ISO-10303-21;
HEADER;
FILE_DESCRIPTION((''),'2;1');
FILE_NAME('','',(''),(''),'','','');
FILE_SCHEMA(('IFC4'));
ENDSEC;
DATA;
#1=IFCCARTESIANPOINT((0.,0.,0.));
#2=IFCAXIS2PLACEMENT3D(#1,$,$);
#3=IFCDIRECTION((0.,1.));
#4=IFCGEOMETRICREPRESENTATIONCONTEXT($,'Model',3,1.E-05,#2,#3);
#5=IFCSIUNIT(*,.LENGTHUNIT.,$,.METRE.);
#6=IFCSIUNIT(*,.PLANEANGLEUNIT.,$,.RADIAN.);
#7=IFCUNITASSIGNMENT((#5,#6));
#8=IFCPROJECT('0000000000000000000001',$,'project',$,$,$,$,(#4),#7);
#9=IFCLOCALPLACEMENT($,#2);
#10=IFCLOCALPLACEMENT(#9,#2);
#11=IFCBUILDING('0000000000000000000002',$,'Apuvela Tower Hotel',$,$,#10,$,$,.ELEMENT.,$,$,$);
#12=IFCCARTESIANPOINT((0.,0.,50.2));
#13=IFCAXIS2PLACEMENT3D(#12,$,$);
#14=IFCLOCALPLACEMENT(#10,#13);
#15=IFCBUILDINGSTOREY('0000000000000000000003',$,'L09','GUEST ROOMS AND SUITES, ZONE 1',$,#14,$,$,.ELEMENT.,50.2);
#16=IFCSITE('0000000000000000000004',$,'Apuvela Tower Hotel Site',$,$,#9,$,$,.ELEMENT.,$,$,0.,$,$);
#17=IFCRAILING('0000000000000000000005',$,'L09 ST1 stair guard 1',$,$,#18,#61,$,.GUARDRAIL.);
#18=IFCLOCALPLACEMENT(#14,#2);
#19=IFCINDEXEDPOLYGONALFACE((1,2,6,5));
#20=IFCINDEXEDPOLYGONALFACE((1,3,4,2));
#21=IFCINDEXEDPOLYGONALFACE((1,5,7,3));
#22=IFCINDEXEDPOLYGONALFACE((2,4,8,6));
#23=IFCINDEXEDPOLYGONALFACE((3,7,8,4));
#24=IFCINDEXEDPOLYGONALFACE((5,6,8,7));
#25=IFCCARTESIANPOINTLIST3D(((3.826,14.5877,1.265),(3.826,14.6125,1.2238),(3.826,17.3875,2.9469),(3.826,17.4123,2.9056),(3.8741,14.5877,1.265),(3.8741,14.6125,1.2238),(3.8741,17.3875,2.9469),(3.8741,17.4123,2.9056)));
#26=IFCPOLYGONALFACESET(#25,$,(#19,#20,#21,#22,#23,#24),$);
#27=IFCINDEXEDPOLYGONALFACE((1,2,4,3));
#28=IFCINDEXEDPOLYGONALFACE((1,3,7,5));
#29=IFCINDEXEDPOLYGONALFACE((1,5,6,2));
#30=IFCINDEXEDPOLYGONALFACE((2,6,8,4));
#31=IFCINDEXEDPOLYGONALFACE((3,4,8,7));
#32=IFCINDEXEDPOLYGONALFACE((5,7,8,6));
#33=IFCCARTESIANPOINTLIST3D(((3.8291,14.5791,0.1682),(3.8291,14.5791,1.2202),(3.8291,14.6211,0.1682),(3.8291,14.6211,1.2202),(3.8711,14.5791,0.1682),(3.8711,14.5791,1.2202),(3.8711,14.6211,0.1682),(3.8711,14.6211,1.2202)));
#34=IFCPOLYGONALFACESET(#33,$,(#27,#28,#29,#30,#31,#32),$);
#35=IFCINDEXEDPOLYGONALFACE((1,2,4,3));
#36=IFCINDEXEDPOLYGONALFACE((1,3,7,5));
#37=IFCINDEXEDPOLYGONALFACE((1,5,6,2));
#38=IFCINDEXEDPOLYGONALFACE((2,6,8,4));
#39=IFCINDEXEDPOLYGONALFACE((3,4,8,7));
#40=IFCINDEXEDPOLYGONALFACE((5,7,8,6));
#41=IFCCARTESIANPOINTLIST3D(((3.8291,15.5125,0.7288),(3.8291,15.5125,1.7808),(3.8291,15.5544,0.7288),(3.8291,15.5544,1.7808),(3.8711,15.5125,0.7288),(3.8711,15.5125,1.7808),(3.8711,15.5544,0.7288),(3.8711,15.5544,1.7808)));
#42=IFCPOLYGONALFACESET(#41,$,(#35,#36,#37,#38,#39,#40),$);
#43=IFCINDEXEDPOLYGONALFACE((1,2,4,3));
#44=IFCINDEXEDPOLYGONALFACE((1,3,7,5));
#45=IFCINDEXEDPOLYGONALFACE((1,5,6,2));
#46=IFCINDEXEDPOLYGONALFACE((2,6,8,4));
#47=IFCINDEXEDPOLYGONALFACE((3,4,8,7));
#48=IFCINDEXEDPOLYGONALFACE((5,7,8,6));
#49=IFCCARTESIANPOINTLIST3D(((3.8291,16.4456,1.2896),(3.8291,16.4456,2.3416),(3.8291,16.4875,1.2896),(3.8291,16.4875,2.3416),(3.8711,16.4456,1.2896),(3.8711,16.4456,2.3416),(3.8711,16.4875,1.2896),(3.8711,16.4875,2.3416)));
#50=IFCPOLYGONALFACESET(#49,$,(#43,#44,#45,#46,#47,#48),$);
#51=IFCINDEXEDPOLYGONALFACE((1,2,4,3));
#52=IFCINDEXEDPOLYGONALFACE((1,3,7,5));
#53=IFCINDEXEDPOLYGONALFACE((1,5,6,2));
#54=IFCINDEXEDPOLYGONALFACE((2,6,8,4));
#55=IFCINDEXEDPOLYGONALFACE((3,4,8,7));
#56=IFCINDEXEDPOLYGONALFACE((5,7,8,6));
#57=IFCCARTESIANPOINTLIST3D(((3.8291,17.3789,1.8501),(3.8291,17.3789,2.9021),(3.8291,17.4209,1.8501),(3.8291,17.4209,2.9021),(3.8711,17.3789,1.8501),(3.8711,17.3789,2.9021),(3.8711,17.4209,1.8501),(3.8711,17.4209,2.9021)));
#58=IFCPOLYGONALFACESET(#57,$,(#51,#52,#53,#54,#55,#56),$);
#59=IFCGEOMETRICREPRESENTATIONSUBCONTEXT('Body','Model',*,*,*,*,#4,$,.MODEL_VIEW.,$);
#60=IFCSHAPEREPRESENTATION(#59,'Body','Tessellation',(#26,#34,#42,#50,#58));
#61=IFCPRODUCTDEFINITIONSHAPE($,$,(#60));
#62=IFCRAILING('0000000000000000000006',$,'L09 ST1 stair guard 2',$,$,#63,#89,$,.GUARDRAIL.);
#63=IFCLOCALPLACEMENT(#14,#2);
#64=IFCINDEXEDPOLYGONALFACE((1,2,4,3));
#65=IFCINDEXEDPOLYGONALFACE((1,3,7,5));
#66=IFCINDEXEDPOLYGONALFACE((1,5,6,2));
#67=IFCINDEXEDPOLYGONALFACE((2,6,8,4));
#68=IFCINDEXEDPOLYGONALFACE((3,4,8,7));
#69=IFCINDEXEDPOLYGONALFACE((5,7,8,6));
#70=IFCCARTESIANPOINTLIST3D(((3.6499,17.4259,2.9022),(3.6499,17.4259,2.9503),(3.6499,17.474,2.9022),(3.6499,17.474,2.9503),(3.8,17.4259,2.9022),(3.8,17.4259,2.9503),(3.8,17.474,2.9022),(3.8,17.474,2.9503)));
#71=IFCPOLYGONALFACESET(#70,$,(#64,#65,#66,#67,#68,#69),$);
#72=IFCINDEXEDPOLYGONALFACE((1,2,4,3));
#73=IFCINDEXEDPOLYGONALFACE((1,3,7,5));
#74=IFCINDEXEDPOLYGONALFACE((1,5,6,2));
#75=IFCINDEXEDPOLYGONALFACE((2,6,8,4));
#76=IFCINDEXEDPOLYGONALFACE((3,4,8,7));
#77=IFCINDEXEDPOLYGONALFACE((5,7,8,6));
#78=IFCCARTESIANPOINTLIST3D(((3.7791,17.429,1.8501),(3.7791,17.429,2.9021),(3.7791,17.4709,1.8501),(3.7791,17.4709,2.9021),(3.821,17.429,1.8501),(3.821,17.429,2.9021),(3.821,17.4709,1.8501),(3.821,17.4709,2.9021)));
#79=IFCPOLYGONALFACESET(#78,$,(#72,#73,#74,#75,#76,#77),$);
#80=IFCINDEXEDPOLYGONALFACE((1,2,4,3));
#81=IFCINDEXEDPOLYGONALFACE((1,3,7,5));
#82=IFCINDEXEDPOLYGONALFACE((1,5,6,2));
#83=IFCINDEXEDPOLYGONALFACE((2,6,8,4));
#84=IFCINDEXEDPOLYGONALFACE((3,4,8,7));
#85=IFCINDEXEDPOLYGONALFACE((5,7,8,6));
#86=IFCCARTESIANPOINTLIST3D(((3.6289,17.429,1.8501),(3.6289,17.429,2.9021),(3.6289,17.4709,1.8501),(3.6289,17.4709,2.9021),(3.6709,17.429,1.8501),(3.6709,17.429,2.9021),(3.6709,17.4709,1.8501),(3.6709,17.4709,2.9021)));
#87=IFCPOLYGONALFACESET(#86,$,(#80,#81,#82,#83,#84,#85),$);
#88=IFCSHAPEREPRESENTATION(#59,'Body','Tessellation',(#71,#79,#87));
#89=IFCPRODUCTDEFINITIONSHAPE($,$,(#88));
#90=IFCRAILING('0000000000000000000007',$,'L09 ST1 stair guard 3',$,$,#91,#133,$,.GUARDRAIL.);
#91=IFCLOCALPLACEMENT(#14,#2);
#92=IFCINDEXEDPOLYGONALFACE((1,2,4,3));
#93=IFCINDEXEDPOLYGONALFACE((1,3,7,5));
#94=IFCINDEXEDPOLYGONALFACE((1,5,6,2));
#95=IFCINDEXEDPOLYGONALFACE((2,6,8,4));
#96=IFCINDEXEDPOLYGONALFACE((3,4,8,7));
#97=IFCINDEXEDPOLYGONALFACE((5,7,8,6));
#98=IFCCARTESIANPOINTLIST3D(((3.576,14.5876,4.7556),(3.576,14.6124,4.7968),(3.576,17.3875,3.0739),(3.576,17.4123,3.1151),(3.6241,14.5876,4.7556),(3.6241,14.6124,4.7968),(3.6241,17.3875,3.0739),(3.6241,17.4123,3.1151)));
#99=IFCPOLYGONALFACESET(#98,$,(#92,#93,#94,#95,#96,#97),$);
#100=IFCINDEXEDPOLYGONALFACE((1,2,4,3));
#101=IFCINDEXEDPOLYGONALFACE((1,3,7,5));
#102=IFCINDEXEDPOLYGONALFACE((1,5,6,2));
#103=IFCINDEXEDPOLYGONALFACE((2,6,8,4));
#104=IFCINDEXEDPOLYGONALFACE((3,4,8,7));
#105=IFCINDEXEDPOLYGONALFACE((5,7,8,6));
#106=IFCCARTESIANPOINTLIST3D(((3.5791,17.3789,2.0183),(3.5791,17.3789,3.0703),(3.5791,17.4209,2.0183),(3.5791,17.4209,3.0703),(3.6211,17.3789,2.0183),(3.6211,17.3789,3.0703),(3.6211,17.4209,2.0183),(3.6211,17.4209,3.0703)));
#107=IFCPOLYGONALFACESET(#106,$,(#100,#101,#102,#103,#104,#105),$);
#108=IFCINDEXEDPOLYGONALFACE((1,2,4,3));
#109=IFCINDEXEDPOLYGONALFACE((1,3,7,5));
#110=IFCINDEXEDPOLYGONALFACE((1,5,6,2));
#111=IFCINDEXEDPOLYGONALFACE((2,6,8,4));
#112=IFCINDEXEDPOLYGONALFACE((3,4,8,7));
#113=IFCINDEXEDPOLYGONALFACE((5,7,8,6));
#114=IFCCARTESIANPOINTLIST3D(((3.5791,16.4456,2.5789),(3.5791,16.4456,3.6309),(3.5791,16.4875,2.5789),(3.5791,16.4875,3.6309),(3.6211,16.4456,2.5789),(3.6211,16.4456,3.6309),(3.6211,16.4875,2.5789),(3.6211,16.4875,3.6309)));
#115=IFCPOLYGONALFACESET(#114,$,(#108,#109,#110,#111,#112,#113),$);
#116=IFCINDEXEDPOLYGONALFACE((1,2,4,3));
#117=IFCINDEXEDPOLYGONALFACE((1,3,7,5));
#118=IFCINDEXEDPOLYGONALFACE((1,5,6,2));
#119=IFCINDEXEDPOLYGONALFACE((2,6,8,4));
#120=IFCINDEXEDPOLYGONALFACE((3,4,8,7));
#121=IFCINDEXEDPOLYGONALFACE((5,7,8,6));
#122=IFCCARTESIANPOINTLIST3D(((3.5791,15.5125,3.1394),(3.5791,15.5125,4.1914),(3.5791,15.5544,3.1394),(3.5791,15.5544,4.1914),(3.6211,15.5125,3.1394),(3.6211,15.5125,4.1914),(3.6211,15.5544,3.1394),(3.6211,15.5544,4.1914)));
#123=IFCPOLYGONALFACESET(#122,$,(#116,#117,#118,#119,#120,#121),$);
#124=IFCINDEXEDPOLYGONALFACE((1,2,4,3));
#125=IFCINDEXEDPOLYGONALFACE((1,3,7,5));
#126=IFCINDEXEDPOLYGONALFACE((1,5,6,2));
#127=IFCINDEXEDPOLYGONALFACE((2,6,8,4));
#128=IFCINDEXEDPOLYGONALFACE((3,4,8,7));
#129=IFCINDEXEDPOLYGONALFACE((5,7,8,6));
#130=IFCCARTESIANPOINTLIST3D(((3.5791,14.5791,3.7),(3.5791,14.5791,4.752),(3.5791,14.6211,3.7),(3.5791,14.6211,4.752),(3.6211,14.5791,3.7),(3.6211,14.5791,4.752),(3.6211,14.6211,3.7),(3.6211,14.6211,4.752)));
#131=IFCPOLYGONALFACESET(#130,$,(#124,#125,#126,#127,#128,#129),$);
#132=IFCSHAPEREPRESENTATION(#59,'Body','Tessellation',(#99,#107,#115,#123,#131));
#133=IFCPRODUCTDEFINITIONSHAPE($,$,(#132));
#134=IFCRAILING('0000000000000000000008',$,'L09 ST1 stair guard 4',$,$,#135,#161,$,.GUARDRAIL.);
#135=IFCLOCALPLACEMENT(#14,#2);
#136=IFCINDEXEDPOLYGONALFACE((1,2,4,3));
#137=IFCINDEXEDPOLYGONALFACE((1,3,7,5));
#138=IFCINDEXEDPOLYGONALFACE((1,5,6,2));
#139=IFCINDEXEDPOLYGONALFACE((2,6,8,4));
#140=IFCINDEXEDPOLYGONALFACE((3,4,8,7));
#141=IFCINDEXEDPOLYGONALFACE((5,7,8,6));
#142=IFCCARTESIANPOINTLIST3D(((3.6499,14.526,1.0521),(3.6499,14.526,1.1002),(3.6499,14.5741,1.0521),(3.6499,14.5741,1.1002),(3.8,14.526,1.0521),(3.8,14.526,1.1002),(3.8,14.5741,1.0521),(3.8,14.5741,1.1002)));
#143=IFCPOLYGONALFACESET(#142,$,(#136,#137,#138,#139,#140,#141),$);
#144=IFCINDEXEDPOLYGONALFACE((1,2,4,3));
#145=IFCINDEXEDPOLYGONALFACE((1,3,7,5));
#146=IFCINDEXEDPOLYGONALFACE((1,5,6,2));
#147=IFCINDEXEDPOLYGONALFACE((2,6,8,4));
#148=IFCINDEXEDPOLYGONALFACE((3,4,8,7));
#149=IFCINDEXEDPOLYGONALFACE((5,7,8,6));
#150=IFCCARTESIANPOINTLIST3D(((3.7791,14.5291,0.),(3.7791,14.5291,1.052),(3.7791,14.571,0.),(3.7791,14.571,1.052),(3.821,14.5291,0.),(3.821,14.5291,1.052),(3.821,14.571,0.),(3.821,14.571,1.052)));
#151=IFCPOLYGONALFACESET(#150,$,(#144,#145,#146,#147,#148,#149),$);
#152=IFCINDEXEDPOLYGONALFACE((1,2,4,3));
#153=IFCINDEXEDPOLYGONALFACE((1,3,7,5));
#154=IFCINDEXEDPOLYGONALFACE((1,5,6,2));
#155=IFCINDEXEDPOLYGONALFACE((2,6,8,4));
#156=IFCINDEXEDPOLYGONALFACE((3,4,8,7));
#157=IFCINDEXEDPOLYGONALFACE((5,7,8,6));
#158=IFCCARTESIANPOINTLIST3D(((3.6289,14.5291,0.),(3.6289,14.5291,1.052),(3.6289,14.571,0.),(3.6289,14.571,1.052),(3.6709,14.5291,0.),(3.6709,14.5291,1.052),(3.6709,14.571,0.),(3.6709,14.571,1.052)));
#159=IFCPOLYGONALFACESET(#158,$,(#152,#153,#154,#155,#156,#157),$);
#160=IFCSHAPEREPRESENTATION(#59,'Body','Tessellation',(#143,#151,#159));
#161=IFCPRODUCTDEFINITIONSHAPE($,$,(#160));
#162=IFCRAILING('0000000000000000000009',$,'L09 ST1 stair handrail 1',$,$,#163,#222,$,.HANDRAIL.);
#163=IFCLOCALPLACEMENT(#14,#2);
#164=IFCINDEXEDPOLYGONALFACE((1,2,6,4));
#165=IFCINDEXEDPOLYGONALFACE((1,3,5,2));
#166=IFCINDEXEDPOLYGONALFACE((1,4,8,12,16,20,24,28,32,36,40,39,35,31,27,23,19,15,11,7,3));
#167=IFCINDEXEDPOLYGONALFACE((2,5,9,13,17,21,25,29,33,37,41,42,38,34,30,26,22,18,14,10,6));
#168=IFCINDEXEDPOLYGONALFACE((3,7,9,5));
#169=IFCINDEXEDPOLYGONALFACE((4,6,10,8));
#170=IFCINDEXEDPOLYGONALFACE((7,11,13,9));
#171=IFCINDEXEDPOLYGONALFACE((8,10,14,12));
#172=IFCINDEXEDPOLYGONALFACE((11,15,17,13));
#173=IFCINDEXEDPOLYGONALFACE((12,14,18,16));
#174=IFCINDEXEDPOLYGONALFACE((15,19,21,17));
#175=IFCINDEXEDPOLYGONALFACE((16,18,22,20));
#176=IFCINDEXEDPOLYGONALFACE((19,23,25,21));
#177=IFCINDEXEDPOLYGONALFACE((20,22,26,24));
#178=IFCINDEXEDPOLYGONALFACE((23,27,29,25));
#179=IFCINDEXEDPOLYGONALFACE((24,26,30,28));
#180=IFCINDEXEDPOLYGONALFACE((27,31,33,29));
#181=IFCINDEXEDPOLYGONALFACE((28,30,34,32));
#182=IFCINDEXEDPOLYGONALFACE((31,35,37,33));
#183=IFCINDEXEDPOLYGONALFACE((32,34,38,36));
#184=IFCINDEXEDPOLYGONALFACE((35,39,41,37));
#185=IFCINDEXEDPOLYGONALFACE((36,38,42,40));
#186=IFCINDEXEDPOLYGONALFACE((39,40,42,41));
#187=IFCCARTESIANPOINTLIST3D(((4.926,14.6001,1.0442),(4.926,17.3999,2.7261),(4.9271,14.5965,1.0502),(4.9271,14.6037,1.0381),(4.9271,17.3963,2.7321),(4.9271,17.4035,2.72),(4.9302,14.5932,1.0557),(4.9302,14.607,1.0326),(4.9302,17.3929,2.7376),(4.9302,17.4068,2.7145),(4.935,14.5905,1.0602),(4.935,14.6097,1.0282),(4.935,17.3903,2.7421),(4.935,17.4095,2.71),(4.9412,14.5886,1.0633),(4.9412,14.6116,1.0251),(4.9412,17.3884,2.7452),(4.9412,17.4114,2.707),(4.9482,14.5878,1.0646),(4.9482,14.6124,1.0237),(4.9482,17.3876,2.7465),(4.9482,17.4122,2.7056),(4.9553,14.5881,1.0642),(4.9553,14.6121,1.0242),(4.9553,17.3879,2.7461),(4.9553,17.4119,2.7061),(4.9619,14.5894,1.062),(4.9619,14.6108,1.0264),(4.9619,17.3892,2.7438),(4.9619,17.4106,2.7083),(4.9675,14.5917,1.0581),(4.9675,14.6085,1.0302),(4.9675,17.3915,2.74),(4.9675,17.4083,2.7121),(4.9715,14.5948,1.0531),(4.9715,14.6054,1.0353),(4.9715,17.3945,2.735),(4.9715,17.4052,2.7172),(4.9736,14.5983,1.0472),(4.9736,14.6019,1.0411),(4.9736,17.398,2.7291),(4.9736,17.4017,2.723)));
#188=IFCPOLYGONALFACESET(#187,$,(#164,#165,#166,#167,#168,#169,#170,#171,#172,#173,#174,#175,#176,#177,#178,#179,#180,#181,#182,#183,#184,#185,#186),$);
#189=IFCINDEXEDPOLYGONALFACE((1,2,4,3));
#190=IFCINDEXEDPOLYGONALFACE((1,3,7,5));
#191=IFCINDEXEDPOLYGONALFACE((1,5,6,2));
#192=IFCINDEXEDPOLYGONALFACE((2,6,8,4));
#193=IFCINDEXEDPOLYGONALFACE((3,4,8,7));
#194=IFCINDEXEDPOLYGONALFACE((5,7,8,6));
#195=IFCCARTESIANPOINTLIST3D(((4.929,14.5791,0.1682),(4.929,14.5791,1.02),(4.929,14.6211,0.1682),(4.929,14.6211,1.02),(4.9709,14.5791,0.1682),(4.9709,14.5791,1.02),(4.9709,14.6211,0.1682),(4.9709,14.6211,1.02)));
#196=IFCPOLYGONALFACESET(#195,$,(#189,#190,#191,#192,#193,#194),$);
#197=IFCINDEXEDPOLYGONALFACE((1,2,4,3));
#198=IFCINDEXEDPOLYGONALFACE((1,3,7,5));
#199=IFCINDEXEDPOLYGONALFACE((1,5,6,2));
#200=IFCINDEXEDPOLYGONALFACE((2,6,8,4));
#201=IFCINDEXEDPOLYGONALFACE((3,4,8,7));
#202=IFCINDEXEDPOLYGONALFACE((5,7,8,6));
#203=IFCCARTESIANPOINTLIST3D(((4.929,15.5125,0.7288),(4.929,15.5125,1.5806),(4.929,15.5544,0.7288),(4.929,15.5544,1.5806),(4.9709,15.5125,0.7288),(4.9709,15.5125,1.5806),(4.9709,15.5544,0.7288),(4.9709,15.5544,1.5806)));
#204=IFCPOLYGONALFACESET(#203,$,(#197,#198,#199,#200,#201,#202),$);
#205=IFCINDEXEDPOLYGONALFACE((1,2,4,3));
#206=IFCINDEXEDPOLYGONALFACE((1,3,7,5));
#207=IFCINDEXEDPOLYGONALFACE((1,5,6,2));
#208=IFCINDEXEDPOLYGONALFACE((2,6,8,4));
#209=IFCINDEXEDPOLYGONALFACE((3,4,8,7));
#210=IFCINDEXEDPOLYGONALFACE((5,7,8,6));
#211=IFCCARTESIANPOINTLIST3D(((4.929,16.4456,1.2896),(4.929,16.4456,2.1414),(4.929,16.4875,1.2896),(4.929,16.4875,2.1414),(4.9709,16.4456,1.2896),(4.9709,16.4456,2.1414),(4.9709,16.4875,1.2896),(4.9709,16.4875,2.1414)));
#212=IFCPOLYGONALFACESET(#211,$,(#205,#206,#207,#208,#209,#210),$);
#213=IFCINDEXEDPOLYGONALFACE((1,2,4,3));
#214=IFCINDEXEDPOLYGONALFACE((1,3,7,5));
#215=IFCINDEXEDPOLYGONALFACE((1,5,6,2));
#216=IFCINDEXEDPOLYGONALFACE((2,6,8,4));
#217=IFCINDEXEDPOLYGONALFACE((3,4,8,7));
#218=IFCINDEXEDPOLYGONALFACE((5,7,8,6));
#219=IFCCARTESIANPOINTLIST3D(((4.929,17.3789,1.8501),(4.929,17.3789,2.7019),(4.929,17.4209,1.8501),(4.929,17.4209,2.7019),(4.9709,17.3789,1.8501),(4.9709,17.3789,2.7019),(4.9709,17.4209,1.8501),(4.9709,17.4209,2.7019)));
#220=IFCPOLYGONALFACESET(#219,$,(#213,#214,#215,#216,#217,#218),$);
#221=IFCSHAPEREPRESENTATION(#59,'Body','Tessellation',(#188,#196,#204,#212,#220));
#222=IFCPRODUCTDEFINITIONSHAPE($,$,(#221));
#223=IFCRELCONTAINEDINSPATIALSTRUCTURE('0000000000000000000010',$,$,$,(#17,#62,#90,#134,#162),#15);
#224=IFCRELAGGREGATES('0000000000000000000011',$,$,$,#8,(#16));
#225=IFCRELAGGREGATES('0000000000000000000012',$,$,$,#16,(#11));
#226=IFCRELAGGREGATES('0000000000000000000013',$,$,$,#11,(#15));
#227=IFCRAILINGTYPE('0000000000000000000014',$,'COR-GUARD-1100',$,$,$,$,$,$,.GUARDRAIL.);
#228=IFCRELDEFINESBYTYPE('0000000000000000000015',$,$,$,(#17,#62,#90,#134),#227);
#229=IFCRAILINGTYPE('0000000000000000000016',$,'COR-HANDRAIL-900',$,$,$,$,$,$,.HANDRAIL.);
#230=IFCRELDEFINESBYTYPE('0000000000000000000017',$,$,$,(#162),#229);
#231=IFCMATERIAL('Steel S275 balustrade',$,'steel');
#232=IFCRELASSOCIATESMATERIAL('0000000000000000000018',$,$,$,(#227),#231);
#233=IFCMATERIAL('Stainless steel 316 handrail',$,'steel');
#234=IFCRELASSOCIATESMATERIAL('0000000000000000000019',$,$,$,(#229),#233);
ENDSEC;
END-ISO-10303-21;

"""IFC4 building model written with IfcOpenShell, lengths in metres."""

from ifc_helpers import new_model, si_unit, direction, frame, origin, origin_2d, place, context, subcontext, project, spatial, rectangle, circle, extrude, material, type_object, element, save


model = new_model("IFC4")

# Units and contexts
model_context = context("Model", 3, precision=1e-05, world=origin(), true_north=direction((0.0, 1.0)))
body_context = subcontext(model_context, "Body", "Model", "MODEL_VIEW")
ifc_project = project(units=[si_unit("LENGTHUNIT", "METRE"), si_unit("PLANEANGLEUNIT", "RADIAN")], contexts=[model_context])

# Site, building, storey
site_placement = place(None, origin())
site = spatial("IfcSite", under=ifc_project, at=site_placement, Name="Apuvela Tower Hotel Site", CompositionType="ELEMENT", RefElevation=0.0)
building_placement = place(site_placement, origin())
building = spatial("IfcBuilding", under=site, at=building_placement, Name="Apuvela Tower Hotel", CompositionType="ELEMENT")
storey_placement = place(building_placement, frame((0.0, 0.0, 50.2)))
storey = spatial("IfcBuildingStorey", under=building, at=storey_placement, Name="L09", Description="GUEST ROOMS AND SUITES, ZONE 1", CompositionType="ELEMENT", Elevation=50.2)

# Railings
ifc_material_1 = material(Name="Steel S275 balustrade", Category="steel")
railing_type_1 = type_object("IfcRailingType", Name="COR-GUARD-1100", PredefinedType="GUARDRAIL", material=ifc_material_1)
railing_1_placement = place(storey_placement, frame((3.8501, 14.6001, 0.1682)))
element("IfcRailing", 1, at=railing_1_placement, inside=storey, type_object=railing_type_1, Name="L09 ST1 stair guard 1", PredefinedType="GUARDRAIL", context=body_context, shape_type="SweptSolid", body=[
    extrude(rectangle(XDim=0.0481, YDim=0.0481, at=origin_2d()), frame((0.0, 0.0, 1.0762), z_axis=(0.0, 0.857222, 0.514946), x_axis=(-1.0, 0.0, 0.0)), (0.0, 0.0, 1.0), 3.2661),
    extrude(rectangle(XDim=0.042, YDim=0.042, at=origin_2d()), origin(), (0.0, 0.0, 1.0), 1.052),
    extrude(rectangle(XDim=0.042, YDim=0.042, at=origin_2d()), frame((0.0, 0.9333, 0.5605)), (0.0, 0.0, 1.0), 1.052),
    extrude(rectangle(XDim=0.042, YDim=0.042, at=origin_2d()), frame((0.0, 1.8665, 1.1213)), (0.0, 0.0, 1.0), 1.052),
    extrude(rectangle(XDim=0.042, YDim=0.042, at=origin_2d()), frame((0.0, 2.7998, 1.6819)), (0.0, 0.0, 1.0), 1.052),
])
railing_2_placement = place(storey_placement, frame((3.8, 17.45, 1.8501)))
element("IfcRailing", 2, at=railing_2_placement, inside=storey, type_object=railing_type_1, Name="L09 ST1 stair guard 2", PredefinedType="GUARDRAIL", context=body_context, shape_type="SweptSolid", body=[
    extrude(rectangle(XDim=0.0481, YDim=0.0481, at=origin_2d()), frame((0.0, 0.0, 1.0762), z_axis=(-1.0, 0.0, 0.0), x_axis=(0.0, -1.0, 0.0)), (0.0, 0.0, 1.0), 0.1501),
    extrude(rectangle(XDim=0.042, YDim=0.042, at=origin_2d()), origin(), (0.0, 0.0, 1.0), 1.052),
    extrude(rectangle(XDim=0.042, YDim=0.042, at=origin_2d()), frame((-0.1501, 0.0, 0.0)), (0.0, 0.0, 1.0), 1.052),
])
railing_3_placement = place(storey_placement, frame((3.6001, 17.3999, 2.0183)))
element("IfcRailing", 3, at=railing_3_placement, inside=storey, type_object=railing_type_1, Name="L09 ST1 stair guard 3", PredefinedType="GUARDRAIL", context=body_context, shape_type="SweptSolid", body=[
    extrude(rectangle(XDim=0.0481, YDim=0.0481, at=origin_2d()), frame((0.0, 0.0, 1.0762), z_axis=(0.0, -0.857255, 0.514891), x_axis=(1.0, 0.0, 0.0)), (0.0, 0.0, 1.0), 3.2661),
    extrude(rectangle(XDim=0.042, YDim=0.042, at=origin_2d()), origin(), (0.0, 0.0, 1.0), 1.052),
    extrude(rectangle(XDim=0.042, YDim=0.042, at=origin_2d()), frame((0.0, -0.9333, 0.5605)), (0.0, 0.0, 1.0), 1.052),
    extrude(rectangle(XDim=0.042, YDim=0.042, at=origin_2d()), frame((0.0, -1.8665, 1.1211)), (0.0, 0.0, 1.0), 1.052),
    extrude(rectangle(XDim=0.042, YDim=0.042, at=origin_2d()), frame((0.0, -2.7998, 1.6816)), (0.0, 0.0, 1.0), 1.052),
])
railing_4_placement = place(storey_placement, frame((3.8, 14.55, 0.0)))
element("IfcRailing", 4, at=railing_4_placement, inside=storey, type_object=railing_type_1, Name="L09 ST1 stair guard 4", PredefinedType="GUARDRAIL", context=body_context, shape_type="SweptSolid", body=[
    extrude(rectangle(XDim=0.0481, YDim=0.0481, at=origin_2d()), frame((0.0, 0.0, 1.0762), z_axis=(-1.0, 0.0, 0.0), x_axis=(0.0, -1.0, 0.0)), (0.0, 0.0, 1.0), 0.1501),
    extrude(rectangle(XDim=0.042, YDim=0.042, at=origin_2d()), origin(), (0.0, 0.0, 1.0), 1.052),
    extrude(rectangle(XDim=0.042, YDim=0.042, at=origin_2d()), frame((-0.1501, 0.0, 0.0)), (0.0, 0.0, 1.0), 1.052),
])
ifc_material_2 = material(Name="Stainless steel 316 handrail", Category="steel")
railing_type_2 = type_object("IfcRailingType", Name="COR-HANDRAIL-900", PredefinedType="HANDRAIL", material=ifc_material_2)
railing_5_placement = place(storey_placement, frame((4.95, 14.6001, 0.1682)))
element("IfcRailing", 5, at=railing_5_placement, inside=storey, type_object=railing_type_2, Name="L09 ST1 stair handrail 1", PredefinedType="HANDRAIL", context=body_context, shape_type="SweptSolid", body=[
    extrude(circle(Radius=0.0239, at=origin_2d()), frame((0.0, 0.0, 0.876), z_axis=(0.0, 0.857222, 0.514946), x_axis=(-1.0, 0.0, 0.0)), (0.0, 0.0, 1.0), 3.2661),
    extrude(rectangle(XDim=0.042, YDim=0.042, at=origin_2d()), origin(), (0.0, 0.0, 1.0), 0.8518),
    extrude(rectangle(XDim=0.042, YDim=0.042, at=origin_2d()), frame((0.0, 0.9333, 0.5605)), (0.0, 0.0, 1.0), 0.8518),
    extrude(rectangle(XDim=0.042, YDim=0.042, at=origin_2d()), frame((0.0, 1.8665, 1.1213)), (0.0, 0.0, 1.0), 0.8518),
    extrude(rectangle(XDim=0.042, YDim=0.042, at=origin_2d()), frame((0.0, 2.7998, 1.6819)), (0.0, 0.0, 1.0), 0.8518),
])

save(model, "model.ifc")
